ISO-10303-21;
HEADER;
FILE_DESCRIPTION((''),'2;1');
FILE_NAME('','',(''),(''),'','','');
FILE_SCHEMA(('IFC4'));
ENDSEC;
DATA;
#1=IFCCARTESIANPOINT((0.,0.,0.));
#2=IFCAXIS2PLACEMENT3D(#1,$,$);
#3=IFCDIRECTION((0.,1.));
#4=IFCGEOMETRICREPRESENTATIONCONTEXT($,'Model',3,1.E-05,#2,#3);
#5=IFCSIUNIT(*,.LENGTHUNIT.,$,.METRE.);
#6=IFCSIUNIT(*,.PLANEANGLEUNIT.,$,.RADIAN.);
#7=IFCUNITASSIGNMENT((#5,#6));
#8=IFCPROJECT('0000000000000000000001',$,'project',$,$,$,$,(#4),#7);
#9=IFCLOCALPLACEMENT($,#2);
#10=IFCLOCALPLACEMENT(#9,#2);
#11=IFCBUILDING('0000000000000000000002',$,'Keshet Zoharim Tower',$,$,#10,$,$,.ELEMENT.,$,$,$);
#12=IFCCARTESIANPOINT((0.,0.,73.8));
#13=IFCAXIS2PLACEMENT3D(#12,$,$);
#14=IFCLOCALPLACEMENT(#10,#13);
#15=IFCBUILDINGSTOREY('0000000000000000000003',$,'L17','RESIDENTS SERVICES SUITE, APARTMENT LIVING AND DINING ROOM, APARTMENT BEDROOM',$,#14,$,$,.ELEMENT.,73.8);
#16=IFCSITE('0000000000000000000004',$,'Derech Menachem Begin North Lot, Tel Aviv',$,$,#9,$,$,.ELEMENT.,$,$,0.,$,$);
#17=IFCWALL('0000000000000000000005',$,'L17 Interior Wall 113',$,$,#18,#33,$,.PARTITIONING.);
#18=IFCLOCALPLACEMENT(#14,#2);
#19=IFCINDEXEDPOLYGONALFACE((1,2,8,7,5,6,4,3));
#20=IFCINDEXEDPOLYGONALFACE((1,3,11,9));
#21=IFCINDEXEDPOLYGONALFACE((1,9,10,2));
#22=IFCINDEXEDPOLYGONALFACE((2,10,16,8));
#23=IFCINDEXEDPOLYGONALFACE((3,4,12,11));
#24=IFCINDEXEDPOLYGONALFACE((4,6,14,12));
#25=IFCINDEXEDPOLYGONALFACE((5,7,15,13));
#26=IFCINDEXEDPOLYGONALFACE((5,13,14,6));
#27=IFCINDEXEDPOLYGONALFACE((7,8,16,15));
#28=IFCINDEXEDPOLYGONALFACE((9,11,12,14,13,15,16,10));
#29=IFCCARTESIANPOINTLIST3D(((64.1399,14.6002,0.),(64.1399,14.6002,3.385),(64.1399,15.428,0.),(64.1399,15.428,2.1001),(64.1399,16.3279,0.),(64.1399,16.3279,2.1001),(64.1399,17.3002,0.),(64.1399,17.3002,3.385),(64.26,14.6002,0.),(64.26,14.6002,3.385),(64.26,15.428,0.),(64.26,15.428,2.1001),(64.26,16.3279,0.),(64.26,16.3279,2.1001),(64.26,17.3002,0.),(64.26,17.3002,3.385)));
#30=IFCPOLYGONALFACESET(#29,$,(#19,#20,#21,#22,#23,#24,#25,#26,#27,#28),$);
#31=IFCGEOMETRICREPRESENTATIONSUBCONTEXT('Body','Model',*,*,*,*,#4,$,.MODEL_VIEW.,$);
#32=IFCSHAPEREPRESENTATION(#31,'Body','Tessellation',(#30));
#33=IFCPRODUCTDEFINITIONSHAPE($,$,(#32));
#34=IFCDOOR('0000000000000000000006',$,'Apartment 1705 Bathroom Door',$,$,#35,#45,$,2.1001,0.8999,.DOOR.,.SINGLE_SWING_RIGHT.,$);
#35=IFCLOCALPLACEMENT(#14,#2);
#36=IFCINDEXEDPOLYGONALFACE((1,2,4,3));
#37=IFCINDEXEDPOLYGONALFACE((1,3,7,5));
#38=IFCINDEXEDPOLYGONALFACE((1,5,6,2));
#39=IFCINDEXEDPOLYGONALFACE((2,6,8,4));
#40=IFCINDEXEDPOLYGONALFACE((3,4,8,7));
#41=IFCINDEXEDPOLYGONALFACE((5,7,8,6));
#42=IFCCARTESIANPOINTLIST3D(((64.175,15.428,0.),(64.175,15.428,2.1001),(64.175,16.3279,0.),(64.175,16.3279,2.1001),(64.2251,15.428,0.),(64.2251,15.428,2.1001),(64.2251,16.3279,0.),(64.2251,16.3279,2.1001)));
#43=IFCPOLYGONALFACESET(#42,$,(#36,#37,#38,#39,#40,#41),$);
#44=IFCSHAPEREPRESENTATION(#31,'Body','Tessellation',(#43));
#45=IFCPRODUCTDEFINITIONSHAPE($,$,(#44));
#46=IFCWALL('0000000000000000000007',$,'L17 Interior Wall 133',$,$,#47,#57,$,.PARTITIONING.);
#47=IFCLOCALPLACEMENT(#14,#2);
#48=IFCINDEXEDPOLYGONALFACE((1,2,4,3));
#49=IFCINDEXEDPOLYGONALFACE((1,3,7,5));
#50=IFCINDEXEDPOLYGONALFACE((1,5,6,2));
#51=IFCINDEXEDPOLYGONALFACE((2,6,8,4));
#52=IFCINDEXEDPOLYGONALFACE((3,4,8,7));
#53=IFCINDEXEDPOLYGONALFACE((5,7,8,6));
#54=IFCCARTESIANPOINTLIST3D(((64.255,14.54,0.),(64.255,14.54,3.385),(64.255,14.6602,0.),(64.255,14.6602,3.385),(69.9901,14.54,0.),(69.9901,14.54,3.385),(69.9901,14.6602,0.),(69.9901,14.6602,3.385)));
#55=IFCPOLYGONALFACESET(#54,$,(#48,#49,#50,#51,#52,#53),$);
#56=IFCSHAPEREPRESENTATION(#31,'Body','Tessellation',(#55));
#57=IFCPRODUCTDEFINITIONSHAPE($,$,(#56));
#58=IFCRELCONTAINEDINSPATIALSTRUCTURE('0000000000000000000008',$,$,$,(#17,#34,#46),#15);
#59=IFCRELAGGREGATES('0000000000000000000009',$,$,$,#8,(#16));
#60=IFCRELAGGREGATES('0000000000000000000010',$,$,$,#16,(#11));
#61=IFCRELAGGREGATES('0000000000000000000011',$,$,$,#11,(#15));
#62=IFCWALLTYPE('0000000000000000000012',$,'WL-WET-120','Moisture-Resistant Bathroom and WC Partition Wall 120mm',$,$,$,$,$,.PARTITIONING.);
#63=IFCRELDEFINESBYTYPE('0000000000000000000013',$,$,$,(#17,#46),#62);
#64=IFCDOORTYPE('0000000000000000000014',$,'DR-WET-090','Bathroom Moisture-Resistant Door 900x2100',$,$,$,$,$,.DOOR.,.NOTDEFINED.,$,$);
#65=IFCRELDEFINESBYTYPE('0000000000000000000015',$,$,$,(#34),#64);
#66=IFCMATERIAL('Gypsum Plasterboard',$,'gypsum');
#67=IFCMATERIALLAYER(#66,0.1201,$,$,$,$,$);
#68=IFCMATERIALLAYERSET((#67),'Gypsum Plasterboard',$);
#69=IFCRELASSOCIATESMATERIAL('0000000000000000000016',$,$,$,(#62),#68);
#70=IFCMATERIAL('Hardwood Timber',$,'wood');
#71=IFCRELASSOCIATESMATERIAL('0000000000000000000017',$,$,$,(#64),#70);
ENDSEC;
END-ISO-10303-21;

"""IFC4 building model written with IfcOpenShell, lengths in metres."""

from ifc_helpers import new_model, si_unit, direction, frame, frame_2d, origin, place, context, subcontext, project, spatial, rectangle, extrude, material, layer, layer_set, type_object, element, fill, save


model = new_model("IFC4")

# Units and contexts
model_context = context("Model", 3, precision=1e-05, world=origin(), true_north=direction((0.0, 1.0)))
body_context = subcontext(model_context, "Body", "Model", "MODEL_VIEW")
ifc_project = project(units=[si_unit("LENGTHUNIT", "METRE"), si_unit("PLANEANGLEUNIT", "RADIAN")], contexts=[model_context])

# Site, building, storey
site_placement = place(None, origin())
site = spatial("IfcSite", under=ifc_project, at=site_placement, Name="Derech Menachem Begin North Lot, Tel Aviv", CompositionType="ELEMENT", RefElevation=0.0)
building_placement = place(site_placement, origin())
building = spatial("IfcBuilding", under=site, at=building_placement, Name="Keshet Zoharim Tower", CompositionType="ELEMENT")
storey_placement = place(building_placement, frame((0.0, 0.0, 73.8)))
storey = spatial("IfcBuildingStorey", under=building, at=storey_placement, Name="L17", Description="RESIDENTS SERVICES SUITE, APARTMENT LIVING AND DINING ROOM, APARTMENT BEDROOM", CompositionType="ELEMENT", Elevation=73.8)

# Shared definitions
ifc_material_1 = material(Name="Gypsum Plasterboard", Category="gypsum")

# Shared definitions
ifc_material_2 = material(Name="Hardwood Timber", Category="wood")

# Shared definitions
ifc_layer_1 = layer(ifc_material_1, 0.1201)
ifc_layer_set_1 = layer_set([ifc_layer_1], Name="Gypsum Plasterboard")
wall_type_1 = type_object("IfcWallType", Name="WL-WET-120", Description="Moisture-Resistant Bathroom and WC Partition Wall 120mm", PredefinedType="PARTITIONING", material=ifc_layer_set_1)

# Wall, opening, door
wall_1_placement = place(storey_placement, frame((64.2, 14.6001, 0.0), z_axis=(0.0, 0.0, 1.0), x_axis=(0.0, 1.0, 0.0)))
wall_1 = element("IfcWall", 1, at=wall_1_placement, inside=storey, type_object=wall_type_1, Name="L17 Interior Wall 113", PredefinedType="PARTITIONING", context=body_context, shape_type="SweptSolid", body=[
    extrude(rectangle(XDim=2.7, YDim=0.1201, at=frame_2d((1.3501, 0.0))), origin(), (0.0, 0.0, 1.0), 3.385),
])
opening_1_placement = place(wall_1_placement, frame((0.8279, 0.0, 0.0)))
opening_1 = element("IfcOpeningElement", 2, at=opening_1_placement, cuts=wall_1, PredefinedType="OPENING", context=body_context, shape_type="SweptSolid", body=[
    extrude(rectangle(XDim=0.8999, YDim=2.1001, at=frame_2d((0.45, 1.05))), frame((0.0, 0.0701, 0.0), z_axis=(0.0, -1.0, 0.0), x_axis=(1.0, 0.0, 0.0)), (0.0, 0.0, 1.0), 0.1401),
])
door_type_1 = type_object("IfcDoorType", Name="DR-WET-090", Description="Bathroom Moisture-Resistant Door 900x2100", OperationType="NOTDEFINED", PredefinedType="DOOR", material=ifc_material_2)
door_1_placement = place(opening_1_placement, origin())
door_1 = element("IfcDoor", 3, at=door_1_placement, inside=storey, type_object=door_type_1, Name="Apartment 1705 Bathroom Door", OperationType="SINGLE_SWING_RIGHT", OverallHeight=2.1001, OverallWidth=0.8999, PredefinedType="DOOR", context=body_context, shape_type="SweptSolid", body=[
    extrude(rectangle(XDim=0.8999, YDim=2.1001, at=frame_2d((0.45, 1.05))), frame((0.0, 0.0249, 0.0), z_axis=(0.0, -1.0, 0.0), x_axis=(1.0, 0.0, 0.0)), (0.0, 0.0, 1.0), 0.05),
])
fill(opening_1, door_1)

# Wall
wall_2_placement = place(storey_placement, frame((64.2549, 14.6001, 0.0), z_axis=(0.0, 0.0, 1.0), x_axis=(1.0, 0.0, 0.0)))
element("IfcWall", 4, at=wall_2_placement, inside=storey, type_object=wall_type_1, Name="L17 Interior Wall 133", PredefinedType="PARTITIONING", context=body_context, shape_type="SweptSolid", body=[
    extrude(rectangle(XDim=5.7351, YDim=0.1201, at=frame_2d((2.8677, 0.0))), origin(), (0.0, 0.0, 1.0), 3.385),
])

save(model, "model.ifc")
